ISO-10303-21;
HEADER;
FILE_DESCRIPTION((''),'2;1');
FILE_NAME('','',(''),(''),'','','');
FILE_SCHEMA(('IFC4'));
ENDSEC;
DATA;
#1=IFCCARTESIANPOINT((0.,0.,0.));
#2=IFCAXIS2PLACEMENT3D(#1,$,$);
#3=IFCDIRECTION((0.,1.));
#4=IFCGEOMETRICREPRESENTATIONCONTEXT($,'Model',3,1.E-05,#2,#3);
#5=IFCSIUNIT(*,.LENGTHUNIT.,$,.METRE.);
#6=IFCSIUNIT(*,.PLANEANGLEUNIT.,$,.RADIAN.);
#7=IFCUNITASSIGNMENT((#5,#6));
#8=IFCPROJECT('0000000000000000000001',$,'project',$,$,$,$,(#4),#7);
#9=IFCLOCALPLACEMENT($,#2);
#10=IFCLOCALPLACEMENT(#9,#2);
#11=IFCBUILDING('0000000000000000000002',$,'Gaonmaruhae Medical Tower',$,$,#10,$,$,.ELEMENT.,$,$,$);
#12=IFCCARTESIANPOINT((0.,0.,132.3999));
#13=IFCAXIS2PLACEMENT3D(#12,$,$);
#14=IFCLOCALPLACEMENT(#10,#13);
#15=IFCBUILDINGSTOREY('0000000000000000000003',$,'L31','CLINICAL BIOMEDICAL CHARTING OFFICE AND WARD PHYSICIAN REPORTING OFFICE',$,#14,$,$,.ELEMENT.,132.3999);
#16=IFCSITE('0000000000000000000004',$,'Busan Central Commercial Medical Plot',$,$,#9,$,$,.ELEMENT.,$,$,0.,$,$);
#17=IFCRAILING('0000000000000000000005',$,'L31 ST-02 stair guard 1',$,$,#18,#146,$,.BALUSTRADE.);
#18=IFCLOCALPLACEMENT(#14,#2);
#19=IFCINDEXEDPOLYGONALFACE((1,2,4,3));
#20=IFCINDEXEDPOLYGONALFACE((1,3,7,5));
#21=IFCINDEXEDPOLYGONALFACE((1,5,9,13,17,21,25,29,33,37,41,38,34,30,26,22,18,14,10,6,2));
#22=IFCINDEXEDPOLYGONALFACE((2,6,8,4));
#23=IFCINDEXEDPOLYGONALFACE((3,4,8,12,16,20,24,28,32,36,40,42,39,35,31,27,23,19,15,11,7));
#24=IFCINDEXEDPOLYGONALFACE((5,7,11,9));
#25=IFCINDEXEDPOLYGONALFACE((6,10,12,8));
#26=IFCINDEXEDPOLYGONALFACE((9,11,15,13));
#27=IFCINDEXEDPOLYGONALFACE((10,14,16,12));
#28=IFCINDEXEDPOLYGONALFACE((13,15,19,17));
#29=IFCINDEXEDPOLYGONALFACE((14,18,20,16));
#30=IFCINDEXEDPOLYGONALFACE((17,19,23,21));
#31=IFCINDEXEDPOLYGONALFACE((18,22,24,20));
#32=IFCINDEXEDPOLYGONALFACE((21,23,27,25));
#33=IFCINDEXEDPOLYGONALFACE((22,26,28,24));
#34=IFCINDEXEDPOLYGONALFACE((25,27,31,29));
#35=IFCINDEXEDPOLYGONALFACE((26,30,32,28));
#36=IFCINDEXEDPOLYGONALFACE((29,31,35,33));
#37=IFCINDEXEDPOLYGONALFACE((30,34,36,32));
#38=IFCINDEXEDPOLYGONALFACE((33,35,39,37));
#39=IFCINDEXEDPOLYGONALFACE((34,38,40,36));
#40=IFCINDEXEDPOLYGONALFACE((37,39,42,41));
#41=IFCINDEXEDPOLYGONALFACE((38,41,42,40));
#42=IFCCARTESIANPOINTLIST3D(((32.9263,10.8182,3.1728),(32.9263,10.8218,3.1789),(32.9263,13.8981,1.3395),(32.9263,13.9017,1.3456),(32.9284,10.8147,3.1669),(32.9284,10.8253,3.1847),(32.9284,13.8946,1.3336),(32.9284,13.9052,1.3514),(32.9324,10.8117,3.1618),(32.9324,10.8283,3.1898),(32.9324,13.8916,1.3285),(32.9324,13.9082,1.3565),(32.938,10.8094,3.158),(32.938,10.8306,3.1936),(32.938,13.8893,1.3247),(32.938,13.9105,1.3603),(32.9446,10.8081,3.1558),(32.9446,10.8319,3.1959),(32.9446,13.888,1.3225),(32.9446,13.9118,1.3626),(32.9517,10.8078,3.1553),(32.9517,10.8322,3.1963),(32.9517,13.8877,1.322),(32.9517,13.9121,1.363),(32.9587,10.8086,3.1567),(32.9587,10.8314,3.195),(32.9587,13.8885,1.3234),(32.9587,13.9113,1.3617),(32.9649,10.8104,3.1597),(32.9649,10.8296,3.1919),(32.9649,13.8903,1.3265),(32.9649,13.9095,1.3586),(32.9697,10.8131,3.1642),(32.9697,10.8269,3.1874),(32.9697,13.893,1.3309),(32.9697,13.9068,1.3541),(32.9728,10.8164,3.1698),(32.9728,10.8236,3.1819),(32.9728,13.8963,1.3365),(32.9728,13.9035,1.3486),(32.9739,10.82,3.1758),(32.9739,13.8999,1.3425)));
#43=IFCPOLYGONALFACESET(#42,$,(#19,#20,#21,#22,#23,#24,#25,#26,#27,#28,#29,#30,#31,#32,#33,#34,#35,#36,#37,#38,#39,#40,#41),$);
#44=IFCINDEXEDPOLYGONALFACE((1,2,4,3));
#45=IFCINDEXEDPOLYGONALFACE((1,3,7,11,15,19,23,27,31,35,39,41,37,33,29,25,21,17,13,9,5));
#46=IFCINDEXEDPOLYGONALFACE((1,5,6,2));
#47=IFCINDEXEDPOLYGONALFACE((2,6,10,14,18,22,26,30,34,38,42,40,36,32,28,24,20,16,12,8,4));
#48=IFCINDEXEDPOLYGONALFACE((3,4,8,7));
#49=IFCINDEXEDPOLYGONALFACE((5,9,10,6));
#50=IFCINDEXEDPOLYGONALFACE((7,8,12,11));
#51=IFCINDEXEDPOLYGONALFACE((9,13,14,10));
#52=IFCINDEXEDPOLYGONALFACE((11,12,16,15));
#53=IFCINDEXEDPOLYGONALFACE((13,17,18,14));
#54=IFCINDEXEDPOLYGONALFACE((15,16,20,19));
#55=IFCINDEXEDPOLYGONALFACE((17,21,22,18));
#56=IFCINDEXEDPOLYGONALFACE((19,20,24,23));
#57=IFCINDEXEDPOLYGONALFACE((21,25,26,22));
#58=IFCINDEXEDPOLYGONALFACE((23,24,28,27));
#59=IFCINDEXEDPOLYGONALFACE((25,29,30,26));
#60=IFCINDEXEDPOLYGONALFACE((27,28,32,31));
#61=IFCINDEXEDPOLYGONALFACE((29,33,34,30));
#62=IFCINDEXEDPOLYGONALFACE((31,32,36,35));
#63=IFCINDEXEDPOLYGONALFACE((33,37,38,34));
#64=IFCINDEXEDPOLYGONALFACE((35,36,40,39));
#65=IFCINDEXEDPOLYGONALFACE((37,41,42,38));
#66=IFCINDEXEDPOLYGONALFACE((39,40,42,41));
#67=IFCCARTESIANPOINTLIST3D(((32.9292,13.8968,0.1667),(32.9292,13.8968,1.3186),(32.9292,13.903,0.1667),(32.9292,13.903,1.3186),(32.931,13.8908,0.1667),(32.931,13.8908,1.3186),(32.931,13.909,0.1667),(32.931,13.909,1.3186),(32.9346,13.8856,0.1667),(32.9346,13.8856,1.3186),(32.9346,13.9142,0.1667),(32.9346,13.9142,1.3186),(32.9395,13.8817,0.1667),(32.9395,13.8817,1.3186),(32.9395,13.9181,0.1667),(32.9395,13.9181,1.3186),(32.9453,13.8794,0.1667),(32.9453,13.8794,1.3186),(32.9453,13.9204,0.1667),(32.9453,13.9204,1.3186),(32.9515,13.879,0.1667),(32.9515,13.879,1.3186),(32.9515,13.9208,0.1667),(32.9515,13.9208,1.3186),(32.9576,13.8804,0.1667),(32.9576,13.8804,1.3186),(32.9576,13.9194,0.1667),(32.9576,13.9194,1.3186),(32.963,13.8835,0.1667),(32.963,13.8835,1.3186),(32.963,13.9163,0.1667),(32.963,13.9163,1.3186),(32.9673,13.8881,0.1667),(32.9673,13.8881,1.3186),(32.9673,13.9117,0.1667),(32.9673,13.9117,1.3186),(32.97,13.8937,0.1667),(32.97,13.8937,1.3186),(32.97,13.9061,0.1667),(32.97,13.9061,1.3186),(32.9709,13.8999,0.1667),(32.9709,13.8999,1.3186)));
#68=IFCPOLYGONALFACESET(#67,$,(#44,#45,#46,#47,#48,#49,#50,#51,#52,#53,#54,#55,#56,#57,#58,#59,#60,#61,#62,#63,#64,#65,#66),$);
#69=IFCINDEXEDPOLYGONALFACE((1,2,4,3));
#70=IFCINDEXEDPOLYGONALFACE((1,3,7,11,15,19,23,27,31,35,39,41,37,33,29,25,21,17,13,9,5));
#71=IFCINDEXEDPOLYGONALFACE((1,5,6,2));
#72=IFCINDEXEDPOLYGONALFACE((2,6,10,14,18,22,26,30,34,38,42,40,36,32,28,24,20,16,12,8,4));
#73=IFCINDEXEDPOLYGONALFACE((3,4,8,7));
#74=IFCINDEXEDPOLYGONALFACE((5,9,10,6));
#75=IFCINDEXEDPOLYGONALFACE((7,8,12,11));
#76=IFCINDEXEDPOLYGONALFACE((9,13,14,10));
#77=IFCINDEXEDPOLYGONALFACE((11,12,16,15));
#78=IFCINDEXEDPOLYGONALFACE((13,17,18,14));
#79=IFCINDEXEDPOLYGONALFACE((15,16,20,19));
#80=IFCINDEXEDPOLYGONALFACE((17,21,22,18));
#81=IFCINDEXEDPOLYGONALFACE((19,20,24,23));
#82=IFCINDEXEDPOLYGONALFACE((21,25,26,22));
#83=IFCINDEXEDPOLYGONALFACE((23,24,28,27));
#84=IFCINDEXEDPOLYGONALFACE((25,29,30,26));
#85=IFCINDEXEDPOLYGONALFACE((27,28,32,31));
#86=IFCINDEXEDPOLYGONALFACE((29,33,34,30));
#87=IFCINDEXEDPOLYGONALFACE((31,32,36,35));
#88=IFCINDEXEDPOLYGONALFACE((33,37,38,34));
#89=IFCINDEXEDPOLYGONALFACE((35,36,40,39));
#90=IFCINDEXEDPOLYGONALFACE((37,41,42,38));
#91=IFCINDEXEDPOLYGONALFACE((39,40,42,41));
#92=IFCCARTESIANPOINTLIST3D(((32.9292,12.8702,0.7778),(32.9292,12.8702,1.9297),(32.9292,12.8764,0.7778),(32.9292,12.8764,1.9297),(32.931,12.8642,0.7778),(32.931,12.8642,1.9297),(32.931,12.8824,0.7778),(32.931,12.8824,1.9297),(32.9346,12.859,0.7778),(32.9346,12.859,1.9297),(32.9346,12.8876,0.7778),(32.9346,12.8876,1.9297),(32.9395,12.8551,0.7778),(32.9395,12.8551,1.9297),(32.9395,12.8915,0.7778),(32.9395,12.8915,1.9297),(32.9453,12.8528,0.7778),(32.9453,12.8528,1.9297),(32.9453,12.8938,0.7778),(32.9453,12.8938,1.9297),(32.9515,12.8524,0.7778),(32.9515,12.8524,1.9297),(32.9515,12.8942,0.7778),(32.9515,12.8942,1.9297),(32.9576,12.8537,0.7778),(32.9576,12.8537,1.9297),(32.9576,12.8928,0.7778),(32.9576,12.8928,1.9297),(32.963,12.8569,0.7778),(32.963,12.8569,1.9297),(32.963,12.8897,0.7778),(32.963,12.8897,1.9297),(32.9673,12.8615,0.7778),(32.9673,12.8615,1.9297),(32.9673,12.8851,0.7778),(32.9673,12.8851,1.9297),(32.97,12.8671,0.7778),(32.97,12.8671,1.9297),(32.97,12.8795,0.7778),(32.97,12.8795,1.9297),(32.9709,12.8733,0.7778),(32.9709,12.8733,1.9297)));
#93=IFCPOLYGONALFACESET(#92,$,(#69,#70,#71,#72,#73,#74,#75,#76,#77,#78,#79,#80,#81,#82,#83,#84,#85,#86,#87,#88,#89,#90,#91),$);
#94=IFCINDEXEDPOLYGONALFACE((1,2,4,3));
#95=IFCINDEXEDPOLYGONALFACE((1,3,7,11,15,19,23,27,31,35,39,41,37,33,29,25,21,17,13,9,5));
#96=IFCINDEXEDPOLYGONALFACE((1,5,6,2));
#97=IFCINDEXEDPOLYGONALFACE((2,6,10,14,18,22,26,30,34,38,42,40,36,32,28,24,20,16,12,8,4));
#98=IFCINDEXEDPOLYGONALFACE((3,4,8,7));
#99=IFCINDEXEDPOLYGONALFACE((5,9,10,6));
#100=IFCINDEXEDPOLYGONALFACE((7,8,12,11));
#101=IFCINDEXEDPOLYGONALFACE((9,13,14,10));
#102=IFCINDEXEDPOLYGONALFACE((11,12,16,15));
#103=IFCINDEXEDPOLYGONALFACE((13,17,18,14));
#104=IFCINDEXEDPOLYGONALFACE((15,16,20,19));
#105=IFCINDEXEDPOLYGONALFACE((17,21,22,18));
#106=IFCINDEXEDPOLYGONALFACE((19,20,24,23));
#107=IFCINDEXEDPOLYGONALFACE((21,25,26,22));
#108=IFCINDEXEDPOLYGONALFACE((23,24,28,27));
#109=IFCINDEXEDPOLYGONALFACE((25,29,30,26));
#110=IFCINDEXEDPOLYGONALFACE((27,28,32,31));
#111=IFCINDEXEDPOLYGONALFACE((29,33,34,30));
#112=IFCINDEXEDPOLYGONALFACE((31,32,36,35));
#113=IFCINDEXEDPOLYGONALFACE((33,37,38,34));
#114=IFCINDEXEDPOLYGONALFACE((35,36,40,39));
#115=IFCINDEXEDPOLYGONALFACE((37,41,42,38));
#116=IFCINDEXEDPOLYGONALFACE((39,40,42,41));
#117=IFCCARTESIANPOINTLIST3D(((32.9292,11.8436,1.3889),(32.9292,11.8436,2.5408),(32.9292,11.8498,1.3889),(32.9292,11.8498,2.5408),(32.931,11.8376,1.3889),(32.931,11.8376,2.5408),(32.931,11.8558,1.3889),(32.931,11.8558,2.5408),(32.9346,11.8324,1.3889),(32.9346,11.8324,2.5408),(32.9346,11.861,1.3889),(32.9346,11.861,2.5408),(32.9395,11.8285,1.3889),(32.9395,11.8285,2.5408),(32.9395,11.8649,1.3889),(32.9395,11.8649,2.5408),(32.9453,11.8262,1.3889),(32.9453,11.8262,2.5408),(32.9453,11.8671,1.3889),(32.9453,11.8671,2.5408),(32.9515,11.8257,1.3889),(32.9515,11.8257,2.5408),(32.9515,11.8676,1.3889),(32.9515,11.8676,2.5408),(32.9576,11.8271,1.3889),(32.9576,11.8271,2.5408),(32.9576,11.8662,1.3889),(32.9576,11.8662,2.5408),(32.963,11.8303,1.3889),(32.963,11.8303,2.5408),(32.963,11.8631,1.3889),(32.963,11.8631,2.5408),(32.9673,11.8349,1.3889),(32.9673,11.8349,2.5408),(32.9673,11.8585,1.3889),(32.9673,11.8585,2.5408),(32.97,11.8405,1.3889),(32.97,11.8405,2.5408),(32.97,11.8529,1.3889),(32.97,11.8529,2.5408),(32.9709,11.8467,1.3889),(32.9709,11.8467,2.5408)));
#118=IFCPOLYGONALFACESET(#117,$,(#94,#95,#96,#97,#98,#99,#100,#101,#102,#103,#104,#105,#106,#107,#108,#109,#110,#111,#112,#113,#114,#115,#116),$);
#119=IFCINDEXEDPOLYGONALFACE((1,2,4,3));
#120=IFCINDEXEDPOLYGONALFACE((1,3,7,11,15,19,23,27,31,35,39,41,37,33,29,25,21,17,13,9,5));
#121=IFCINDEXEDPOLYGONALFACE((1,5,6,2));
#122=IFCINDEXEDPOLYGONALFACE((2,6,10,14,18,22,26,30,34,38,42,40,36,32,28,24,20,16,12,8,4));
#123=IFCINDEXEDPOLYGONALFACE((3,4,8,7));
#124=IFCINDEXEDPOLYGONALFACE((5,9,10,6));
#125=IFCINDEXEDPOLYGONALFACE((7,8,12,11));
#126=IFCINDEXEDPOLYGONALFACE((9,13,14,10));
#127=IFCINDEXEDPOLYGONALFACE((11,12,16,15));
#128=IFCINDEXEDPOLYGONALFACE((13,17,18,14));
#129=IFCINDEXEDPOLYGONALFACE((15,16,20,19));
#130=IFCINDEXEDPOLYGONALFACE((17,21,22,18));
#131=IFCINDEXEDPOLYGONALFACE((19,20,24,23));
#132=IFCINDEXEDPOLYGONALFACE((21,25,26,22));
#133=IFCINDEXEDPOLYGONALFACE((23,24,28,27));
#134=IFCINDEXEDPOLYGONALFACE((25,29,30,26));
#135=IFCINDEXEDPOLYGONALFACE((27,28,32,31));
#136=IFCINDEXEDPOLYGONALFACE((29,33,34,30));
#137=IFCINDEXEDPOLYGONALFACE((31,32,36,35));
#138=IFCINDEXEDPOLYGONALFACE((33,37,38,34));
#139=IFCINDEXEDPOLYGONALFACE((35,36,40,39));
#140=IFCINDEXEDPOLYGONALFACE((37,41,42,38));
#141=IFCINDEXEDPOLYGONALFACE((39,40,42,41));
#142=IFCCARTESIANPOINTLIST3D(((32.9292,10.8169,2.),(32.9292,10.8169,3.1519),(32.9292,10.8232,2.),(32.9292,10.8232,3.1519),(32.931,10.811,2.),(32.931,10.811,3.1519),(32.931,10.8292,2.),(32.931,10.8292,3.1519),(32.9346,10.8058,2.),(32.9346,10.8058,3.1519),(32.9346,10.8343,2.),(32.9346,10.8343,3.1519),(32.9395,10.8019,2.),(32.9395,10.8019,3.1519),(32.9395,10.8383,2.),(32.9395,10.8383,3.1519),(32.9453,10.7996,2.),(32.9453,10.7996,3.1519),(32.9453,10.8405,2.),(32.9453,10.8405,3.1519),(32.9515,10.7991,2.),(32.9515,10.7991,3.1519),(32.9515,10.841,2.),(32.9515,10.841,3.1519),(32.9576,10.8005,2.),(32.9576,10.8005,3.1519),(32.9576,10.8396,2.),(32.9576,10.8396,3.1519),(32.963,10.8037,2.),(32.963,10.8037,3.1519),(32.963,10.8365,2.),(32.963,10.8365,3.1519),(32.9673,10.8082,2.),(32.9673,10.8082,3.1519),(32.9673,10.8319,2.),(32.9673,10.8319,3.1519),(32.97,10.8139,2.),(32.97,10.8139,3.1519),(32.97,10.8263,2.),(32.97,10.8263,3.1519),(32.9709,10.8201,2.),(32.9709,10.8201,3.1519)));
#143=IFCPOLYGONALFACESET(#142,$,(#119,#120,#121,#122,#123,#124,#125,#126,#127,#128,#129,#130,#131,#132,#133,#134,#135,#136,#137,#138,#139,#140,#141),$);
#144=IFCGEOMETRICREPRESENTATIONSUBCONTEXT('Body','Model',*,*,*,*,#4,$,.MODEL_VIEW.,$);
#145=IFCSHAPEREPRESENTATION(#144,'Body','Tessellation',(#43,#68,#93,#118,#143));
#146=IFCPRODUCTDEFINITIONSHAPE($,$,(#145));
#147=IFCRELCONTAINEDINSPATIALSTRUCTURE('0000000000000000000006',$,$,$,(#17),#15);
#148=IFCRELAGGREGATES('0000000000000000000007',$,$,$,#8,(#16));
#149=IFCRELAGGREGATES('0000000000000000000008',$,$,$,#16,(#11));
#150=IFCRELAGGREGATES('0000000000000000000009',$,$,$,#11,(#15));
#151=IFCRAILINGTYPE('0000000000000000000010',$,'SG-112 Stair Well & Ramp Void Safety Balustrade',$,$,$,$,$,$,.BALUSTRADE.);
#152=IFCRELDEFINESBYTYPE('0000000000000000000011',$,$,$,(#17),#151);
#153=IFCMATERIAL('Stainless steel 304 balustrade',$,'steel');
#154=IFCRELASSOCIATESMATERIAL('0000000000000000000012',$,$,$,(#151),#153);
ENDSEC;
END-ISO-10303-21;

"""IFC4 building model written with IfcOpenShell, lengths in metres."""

from ifc_helpers import new_model, si_unit, direction, frame, origin, origin_2d, place, context, subcontext, project, spatial, circle, extrude, material, type_object, element, save


model = new_model("IFC4")

# Units and contexts
model_context = context("Model", 3, precision=1e-05, world=origin(), true_north=direction((0.0, 1.0)))
body_context = subcontext(model_context, "Body", "Model", "MODEL_VIEW")
ifc_project = project(units=[si_unit("LENGTHUNIT", "METRE"), si_unit("PLANEANGLEUNIT", "RADIAN")], contexts=[model_context])

# Site, building, storey
site_placement = place(None, origin())
site = spatial("IfcSite", under=ifc_project, at=site_placement, Name="Busan Central Commercial Medical Plot", CompositionType="ELEMENT", RefElevation=0.0)
building_placement = place(site_placement, origin())
building = spatial("IfcBuilding", under=site, at=building_placement, Name="Gaonmaruhae Medical Tower", CompositionType="ELEMENT")
storey_placement = place(building_placement, frame((0.0, 0.0, 132.3999)))
storey = spatial("IfcBuildingStorey", under=building, at=storey_placement, Name="L31", Description="CLINICAL BIOMEDICAL CHARTING OFFICE AND WARD PHYSICIAN REPORTING OFFICE", CompositionType="ELEMENT", Elevation=132.3999)

# Railing
ifc_material_1 = material(Name="Stainless steel 304 balustrade", Category="steel")
railing_type_1 = type_object("IfcRailingType", Name="SG-112 Stair Well & Ramp Void Safety Balustrade", PredefinedType="BALUSTRADE", material=ifc_material_1)
railing_1_placement = place(storey_placement, frame((32.95, 13.8999, 0.1667)))
element("IfcRailing", 1, at=railing_1_placement, inside=storey, type_object=railing_type_1, Name="L31 ST-02 stair guard 1", PredefinedType="BALUSTRADE", context=body_context, shape_type="SweptSolid", body=[
    extrude(circle(Radius=0.0239, at=origin_2d()), frame((0.0, 0.0, 1.1758), z_axis=(0.0, -0.859291, 0.511487), x_axis=(1.0, 0.0, 0.0)), (0.0, 0.0, 1.0), 3.5842),
    extrude(circle(Radius=0.021, at=origin_2d()), origin(), (0.0, 0.0, 1.0), 1.1519),
    extrude(circle(Radius=0.021, at=origin_2d()), frame((0.0, -1.0266, 0.6111)), (0.0, 0.0, 1.0), 1.1519),
    extrude(circle(Radius=0.021, at=origin_2d()), frame((0.0, -2.0532, 1.2222)), (0.0, 0.0, 1.0), 1.1519),
    extrude(circle(Radius=0.021, at=origin_2d()), frame((0.0, -3.0798, 1.8333)), (0.0, 0.0, 1.0), 1.1519),
])

save(model, "model.ifc")
